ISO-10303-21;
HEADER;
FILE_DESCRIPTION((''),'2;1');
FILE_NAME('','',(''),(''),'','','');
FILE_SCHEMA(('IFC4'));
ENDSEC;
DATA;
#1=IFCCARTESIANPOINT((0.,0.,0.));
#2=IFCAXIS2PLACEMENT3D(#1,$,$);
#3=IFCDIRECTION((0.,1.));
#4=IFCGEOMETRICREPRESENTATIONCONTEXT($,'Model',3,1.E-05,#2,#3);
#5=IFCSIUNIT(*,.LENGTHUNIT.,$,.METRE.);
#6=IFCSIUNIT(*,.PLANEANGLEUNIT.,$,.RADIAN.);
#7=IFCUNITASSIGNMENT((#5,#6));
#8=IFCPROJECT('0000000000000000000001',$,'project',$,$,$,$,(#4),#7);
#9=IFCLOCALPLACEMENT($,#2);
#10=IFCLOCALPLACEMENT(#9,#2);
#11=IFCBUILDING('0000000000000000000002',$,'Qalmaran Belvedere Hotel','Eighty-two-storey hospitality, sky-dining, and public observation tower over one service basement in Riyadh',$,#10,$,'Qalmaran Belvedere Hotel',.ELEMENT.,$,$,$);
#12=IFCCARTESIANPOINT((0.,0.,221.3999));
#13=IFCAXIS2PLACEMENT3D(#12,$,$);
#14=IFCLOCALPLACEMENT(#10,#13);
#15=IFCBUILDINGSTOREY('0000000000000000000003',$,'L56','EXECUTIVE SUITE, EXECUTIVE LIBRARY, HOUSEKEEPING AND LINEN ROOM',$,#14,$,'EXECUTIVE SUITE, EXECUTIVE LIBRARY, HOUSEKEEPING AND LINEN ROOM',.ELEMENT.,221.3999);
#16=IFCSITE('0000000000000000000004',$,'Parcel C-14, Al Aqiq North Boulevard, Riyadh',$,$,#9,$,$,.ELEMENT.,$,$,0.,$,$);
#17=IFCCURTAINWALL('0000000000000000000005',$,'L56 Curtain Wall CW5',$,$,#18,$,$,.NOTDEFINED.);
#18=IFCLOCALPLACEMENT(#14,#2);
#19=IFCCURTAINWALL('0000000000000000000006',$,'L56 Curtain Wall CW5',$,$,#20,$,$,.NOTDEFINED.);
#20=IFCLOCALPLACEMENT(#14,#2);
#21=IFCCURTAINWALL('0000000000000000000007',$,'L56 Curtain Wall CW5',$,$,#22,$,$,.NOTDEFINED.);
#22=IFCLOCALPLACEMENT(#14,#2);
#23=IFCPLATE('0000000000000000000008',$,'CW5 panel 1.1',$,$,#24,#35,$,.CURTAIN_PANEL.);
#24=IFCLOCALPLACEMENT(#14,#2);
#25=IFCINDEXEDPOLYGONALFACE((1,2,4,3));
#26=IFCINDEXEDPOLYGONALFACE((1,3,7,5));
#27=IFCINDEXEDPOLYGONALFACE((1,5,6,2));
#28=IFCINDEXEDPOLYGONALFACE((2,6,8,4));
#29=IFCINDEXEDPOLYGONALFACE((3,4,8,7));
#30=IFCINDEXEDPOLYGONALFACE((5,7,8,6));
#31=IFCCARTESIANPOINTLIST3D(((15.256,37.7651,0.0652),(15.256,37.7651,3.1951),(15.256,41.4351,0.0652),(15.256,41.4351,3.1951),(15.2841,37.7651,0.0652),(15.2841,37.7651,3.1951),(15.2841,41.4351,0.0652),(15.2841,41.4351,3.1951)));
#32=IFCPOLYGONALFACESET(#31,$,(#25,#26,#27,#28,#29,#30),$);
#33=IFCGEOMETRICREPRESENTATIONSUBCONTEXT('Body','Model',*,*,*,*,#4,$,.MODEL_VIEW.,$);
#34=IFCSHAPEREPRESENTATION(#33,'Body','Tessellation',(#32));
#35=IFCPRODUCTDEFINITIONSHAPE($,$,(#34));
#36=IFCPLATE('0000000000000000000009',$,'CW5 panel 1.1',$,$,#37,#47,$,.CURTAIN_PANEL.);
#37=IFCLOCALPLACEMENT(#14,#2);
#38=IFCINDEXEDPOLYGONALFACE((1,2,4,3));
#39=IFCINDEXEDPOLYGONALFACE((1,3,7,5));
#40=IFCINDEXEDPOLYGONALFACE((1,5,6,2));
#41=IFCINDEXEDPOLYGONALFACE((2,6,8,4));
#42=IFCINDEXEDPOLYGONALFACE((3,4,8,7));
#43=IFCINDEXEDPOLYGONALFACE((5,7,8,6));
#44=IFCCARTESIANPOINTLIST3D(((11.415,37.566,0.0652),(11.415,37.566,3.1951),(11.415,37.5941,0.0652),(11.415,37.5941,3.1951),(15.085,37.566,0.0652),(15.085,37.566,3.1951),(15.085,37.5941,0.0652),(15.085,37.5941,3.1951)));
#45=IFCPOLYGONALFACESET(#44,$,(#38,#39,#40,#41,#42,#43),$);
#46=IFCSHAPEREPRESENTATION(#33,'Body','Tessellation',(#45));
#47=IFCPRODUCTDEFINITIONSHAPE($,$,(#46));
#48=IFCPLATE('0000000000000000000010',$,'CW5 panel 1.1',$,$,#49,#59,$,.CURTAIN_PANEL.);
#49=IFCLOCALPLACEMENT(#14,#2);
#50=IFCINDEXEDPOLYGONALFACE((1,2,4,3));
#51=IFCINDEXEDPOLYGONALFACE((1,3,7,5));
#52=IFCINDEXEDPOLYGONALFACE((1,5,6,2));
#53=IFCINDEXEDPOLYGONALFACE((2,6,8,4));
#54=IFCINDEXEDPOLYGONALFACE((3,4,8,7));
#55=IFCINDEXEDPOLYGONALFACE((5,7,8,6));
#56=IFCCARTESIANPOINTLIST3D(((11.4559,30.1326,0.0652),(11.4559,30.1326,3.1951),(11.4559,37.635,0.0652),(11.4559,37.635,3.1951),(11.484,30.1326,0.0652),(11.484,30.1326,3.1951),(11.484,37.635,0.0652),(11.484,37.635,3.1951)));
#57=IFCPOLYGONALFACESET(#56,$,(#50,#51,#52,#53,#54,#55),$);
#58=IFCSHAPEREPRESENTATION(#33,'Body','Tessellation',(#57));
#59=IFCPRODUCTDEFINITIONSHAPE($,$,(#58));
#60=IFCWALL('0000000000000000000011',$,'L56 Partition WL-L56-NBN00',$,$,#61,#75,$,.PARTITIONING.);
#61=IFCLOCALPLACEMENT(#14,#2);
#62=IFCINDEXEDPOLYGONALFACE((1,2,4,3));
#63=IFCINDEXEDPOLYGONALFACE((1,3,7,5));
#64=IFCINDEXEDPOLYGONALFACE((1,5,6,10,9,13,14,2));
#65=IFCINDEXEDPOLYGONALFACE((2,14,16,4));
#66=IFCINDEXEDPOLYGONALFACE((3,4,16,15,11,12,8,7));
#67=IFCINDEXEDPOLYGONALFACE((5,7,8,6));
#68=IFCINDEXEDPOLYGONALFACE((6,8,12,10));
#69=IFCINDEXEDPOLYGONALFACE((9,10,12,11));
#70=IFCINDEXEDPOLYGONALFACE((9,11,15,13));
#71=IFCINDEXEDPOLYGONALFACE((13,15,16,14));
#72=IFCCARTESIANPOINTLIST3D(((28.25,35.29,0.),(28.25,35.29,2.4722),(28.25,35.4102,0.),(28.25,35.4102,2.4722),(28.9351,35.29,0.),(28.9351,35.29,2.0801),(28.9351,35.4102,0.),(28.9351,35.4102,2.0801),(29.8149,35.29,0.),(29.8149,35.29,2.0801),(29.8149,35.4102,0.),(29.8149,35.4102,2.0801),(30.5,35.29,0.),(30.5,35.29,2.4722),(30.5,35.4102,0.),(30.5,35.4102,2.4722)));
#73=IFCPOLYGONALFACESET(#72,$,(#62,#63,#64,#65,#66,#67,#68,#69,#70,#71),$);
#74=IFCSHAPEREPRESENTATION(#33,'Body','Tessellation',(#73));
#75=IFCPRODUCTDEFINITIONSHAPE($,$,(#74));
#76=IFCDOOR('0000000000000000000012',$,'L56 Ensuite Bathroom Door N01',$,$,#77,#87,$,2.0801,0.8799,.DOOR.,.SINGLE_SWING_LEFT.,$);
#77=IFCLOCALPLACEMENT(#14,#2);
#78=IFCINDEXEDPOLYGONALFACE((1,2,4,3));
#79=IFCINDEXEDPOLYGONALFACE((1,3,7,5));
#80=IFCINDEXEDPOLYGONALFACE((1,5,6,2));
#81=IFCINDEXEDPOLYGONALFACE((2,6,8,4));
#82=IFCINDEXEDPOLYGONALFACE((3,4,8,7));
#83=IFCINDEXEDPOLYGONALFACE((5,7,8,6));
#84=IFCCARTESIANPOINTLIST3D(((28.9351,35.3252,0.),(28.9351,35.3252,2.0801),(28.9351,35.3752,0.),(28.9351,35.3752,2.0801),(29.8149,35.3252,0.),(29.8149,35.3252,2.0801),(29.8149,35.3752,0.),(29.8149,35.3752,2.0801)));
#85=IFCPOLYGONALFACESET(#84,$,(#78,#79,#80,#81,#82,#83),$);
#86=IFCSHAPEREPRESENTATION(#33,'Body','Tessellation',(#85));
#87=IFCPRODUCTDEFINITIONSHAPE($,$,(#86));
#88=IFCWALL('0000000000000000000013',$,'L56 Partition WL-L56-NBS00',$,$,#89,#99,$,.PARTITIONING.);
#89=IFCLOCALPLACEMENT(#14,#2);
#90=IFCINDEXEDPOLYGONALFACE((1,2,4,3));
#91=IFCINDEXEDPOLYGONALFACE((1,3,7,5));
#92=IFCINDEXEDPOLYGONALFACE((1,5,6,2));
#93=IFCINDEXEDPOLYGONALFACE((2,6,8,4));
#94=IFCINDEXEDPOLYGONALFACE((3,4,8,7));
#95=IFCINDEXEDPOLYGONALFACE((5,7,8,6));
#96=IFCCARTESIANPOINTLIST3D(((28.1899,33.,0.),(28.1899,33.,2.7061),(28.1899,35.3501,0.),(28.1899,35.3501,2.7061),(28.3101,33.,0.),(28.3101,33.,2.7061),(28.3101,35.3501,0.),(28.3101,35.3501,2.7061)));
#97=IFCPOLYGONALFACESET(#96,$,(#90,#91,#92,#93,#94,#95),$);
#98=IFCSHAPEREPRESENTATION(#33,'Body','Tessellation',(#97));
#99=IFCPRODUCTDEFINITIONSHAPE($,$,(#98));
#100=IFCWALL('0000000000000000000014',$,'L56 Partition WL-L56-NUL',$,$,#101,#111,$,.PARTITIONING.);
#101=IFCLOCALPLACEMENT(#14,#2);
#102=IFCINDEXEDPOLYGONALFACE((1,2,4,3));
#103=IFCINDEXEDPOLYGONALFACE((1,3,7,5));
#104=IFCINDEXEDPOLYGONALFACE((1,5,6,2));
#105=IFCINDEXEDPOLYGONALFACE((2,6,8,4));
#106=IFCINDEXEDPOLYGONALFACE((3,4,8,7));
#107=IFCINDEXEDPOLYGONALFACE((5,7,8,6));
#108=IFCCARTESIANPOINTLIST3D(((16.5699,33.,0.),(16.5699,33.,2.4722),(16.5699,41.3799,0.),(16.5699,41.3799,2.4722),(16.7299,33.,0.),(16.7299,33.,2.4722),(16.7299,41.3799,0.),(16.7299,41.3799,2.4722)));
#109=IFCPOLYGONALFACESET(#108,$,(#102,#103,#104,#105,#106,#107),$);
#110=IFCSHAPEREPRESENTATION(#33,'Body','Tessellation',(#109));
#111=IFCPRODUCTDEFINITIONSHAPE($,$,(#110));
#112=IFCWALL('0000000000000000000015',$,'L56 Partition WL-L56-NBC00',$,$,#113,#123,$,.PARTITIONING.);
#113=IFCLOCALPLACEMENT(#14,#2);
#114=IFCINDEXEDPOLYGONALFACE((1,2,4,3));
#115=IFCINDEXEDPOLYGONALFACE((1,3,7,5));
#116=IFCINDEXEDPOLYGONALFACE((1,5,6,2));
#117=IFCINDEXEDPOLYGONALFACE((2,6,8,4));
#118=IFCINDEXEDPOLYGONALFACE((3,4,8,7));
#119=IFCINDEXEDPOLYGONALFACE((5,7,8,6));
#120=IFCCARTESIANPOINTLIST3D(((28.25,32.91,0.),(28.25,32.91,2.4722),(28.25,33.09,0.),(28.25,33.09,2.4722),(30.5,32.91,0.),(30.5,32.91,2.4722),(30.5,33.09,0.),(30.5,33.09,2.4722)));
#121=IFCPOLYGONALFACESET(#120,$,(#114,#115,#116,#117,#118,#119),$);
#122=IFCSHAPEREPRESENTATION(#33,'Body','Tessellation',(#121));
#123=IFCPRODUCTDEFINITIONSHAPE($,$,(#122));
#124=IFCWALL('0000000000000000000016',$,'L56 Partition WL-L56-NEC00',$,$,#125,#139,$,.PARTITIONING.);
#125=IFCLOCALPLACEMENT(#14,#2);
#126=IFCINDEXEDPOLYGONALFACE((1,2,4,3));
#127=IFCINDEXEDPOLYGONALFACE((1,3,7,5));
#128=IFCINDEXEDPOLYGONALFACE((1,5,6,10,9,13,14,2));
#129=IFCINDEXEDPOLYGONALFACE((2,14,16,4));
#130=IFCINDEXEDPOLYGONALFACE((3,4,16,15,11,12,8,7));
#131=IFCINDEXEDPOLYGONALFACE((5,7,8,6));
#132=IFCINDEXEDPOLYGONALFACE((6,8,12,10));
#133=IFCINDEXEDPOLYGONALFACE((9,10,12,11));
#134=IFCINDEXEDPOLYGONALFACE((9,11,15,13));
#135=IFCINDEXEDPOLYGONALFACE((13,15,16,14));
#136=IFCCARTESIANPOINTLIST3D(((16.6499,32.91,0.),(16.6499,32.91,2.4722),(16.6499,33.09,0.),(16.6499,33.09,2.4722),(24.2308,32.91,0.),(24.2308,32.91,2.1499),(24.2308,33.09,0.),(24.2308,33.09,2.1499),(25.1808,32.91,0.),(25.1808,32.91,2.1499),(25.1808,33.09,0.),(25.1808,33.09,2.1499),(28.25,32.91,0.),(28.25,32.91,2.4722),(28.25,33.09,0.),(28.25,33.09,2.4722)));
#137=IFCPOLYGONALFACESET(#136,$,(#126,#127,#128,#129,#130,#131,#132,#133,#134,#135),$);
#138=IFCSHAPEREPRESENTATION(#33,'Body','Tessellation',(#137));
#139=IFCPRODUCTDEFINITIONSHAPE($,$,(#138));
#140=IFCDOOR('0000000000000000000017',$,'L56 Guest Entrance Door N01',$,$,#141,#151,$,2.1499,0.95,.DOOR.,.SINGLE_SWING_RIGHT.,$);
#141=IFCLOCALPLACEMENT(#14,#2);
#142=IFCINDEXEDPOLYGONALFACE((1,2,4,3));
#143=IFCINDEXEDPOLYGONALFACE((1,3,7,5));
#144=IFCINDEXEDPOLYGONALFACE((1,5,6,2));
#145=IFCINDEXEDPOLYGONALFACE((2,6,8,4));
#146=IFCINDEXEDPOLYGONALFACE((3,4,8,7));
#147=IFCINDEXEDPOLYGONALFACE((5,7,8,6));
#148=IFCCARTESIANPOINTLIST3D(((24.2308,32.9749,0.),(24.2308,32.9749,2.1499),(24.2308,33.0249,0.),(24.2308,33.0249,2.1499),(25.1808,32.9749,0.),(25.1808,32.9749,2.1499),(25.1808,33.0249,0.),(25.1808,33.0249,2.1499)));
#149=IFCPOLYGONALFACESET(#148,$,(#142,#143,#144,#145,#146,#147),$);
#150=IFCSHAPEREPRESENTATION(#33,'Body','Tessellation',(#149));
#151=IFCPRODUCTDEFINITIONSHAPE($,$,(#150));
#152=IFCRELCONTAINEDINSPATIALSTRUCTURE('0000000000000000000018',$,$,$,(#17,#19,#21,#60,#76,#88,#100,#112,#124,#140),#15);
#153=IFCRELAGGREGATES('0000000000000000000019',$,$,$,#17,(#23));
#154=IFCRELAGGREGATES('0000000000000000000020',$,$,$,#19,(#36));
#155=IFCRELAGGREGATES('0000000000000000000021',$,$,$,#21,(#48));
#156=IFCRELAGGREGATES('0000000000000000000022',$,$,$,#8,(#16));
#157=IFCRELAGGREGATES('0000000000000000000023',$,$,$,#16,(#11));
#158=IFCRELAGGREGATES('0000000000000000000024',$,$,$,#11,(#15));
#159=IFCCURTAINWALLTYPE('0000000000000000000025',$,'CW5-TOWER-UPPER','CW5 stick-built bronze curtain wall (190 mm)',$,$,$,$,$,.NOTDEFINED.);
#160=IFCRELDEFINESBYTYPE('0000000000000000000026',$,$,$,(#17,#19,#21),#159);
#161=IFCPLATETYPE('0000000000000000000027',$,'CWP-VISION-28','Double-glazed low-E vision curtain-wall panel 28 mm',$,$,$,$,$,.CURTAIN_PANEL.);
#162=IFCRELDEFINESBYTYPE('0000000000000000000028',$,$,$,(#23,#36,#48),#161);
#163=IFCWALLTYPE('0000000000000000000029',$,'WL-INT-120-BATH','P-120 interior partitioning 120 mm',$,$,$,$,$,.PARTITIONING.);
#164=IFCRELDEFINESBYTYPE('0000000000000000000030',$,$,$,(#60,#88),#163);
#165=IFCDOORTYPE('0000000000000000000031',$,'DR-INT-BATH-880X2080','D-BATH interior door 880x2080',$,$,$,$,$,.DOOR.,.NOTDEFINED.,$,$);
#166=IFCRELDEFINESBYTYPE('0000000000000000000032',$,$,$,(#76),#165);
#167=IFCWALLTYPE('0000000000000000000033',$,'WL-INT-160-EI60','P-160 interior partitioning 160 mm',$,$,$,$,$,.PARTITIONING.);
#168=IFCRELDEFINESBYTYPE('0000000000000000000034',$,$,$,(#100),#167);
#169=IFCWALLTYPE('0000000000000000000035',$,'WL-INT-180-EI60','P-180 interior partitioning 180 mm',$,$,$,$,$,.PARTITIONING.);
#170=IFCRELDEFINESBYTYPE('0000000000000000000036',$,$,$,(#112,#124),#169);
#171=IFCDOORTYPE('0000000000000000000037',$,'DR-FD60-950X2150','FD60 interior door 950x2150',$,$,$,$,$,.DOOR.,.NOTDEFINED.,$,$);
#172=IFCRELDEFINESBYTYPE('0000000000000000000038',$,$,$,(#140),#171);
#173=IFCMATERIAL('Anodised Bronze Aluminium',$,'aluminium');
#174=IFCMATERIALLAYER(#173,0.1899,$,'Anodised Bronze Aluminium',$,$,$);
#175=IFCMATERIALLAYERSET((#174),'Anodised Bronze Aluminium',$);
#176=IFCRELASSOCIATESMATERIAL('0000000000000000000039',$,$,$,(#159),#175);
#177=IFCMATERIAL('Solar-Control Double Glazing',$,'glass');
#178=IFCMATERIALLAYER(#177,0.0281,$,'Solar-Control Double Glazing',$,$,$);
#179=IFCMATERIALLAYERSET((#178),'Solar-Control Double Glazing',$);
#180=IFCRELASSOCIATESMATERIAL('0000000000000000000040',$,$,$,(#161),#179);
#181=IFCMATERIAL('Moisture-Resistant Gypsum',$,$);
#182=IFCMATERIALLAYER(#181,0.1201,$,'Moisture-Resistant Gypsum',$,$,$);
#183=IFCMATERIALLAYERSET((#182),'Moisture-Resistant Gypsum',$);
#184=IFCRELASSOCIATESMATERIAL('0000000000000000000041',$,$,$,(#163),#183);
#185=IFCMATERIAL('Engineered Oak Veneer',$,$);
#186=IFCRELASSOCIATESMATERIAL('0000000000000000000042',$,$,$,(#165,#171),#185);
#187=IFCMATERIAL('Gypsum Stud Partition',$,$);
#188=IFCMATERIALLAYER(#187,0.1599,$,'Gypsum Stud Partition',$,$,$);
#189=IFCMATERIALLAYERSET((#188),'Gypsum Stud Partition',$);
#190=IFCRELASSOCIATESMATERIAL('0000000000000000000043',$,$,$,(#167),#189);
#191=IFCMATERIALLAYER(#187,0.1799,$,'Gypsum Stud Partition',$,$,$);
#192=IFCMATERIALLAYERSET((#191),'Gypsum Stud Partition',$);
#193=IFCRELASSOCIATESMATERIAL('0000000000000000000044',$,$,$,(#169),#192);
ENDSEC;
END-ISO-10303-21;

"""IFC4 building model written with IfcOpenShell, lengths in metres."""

from ifc_helpers import new_model, si_unit, direction, frame, frame_2d, origin, origin_2d, place, context, subcontext, project, spatial, rectangle, extrude, material, layer, layer_set, type_object, element, fill, aggregate, save


model = new_model("IFC4")

# Units and contexts
model_context = context("Model", 3, precision=1e-05, world=origin(), true_north=direction((0.0, 1.0)))
body_context = subcontext(model_context, "Body", "Model", "MODEL_VIEW")
ifc_project = project(units=[si_unit("LENGTHUNIT", "METRE"), si_unit("PLANEANGLEUNIT", "RADIAN")], contexts=[model_context])

# Site, building, storey
site_placement = place(None, origin())
site = spatial("IfcSite", under=ifc_project, at=site_placement, Name="Parcel C-14, Al Aqiq North Boulevard, Riyadh", CompositionType="ELEMENT", RefElevation=0.0)
building_placement = place(site_placement, origin())
building = spatial("IfcBuilding", under=site, at=building_placement, Name="Qalmaran Belvedere Hotel", Description="Eighty-two-storey hospitality, sky-dining, and public observation tower over one service basement in Riyadh", LongName="Qalmaran Belvedere Hotel", CompositionType="ELEMENT")
storey_placement = place(building_placement, frame((0.0, 0.0, 221.3999)))
storey = spatial("IfcBuildingStorey", under=building, at=storey_placement, Name="L56", Description="EXECUTIVE SUITE, EXECUTIVE LIBRARY, HOUSEKEEPING AND LINEN ROOM", LongName="EXECUTIVE SUITE, EXECUTIVE LIBRARY, HOUSEKEEPING AND LINEN ROOM", CompositionType="ELEMENT", Elevation=221.3999)

# Curtain walls
ifc_material_1 = material(Name="Anodised Bronze Aluminium", Category="aluminium")
ifc_layer_1 = layer(ifc_material_1, 0.1899, Name="Anodised Bronze Aluminium")
ifc_layer_set_1 = layer_set([ifc_layer_1], Name="Anodised Bronze Aluminium")
curtain_wall_type = type_object("IfcCurtainWallType", Name="CW5-TOWER-UPPER", Description="CW5 stick-built bronze curtain wall (190 mm)", PredefinedType="NOTDEFINED", material=ifc_layer_set_1)
curtain_wall_1_placement = place(storey_placement, origin())
curtain_wall_1 = element("IfcCurtainWall", 1, at=curtain_wall_1_placement, inside=storey, type_object=curtain_wall_type, Name="L56 Curtain Wall CW5", PredefinedType="NOTDEFINED")
curtain_wall_2_placement = place(storey_placement, origin())
curtain_wall_2 = element("IfcCurtainWall", 2, at=curtain_wall_2_placement, inside=storey, type_object=curtain_wall_type, Name="L56 Curtain Wall CW5", PredefinedType="NOTDEFINED")

# Curtain wall
curtain_wall_3_placement = place(storey_placement, origin())
curtain_wall_3 = element("IfcCurtainWall", 3, at=curtain_wall_3_placement, inside=storey, type_object=curtain_wall_type, Name="L56 Curtain Wall CW5", PredefinedType="NOTDEFINED")

# Plates
ifc_material_2 = material(Name="Solar-Control Double Glazing", Category="glass")
ifc_layer_2 = layer(ifc_material_2, 0.0281, Name="Solar-Control Double Glazing")
ifc_layer_set_2 = layer_set([ifc_layer_2], Name="Solar-Control Double Glazing")
plate_type = type_object("IfcPlateType", Name="CWP-VISION-28", Description="Double-glazed low-E vision curtain-wall panel 28 mm", PredefinedType="CURTAIN_PANEL", material=ifc_layer_set_2)
plate_1_placement = place(storey_placement, frame((15.27, 39.6001, 0.0652), z_axis=(0.0, 0.0, 1.0), x_axis=(0.0, -1.0, 0.0)))
plate_1 = element("IfcPlate", 4, at=plate_1_placement, type_object=plate_type, Name="CW5 panel 1.1", PredefinedType="CURTAIN_PANEL", context=body_context, shape_type="SweptSolid", body=[
    extrude(rectangle(XDim=3.6699, YDim=0.0281, at=origin_2d()), origin(), (0.0, 0.0, 1.0), 3.1299),
])
aggregate(curtain_wall_1, [plate_1])
plate_2_placement = place(storey_placement, frame((13.25, 37.5801, 0.0652), z_axis=(0.0, 0.0, 1.0), x_axis=(-1.0, 0.0, 0.0)))
plate_2 = element("IfcPlate", 5, at=plate_2_placement, type_object=plate_type, Name="CW5 panel 1.1", PredefinedType="CURTAIN_PANEL", context=body_context, shape_type="SweptSolid", body=[
    extrude(rectangle(XDim=3.6699, YDim=0.0281, at=origin_2d()), origin(), (0.0, 0.0, 1.0), 3.1299),
])
aggregate(curtain_wall_2, [plate_2])
plate_3_placement = place(storey_placement, frame((11.47, 33.8838, 0.0652), z_axis=(0.0, 0.0, 1.0), x_axis=(0.0, -1.0, 0.0)))
plate_3 = element("IfcPlate", 6, at=plate_3_placement, type_object=plate_type, Name="CW5 panel 1.1", PredefinedType="CURTAIN_PANEL", context=body_context, shape_type="SweptSolid", body=[
    extrude(rectangle(XDim=7.5024, YDim=0.0281, at=origin_2d()), origin(), (0.0, 0.0, 1.0), 3.1299),
])
aggregate(curtain_wall_3, [plate_3])

# Wall, opening, door
ifc_material_3 = material(Name="Moisture-Resistant Gypsum")
ifc_layer_3 = layer(ifc_material_3, 0.1201, Name="Moisture-Resistant Gypsum")
ifc_layer_set_3 = layer_set([ifc_layer_3], Name="Moisture-Resistant Gypsum")
wall_type_1 = type_object("IfcWallType", Name="WL-INT-120-BATH", Description="P-120 interior partitioning 120 mm", PredefinedType="PARTITIONING", material=ifc_layer_set_3)
wall_1_placement = place(storey_placement, frame((28.25, 35.3501, 0.0), z_axis=(0.0, 0.0, 1.0), x_axis=(1.0, 0.0, 0.0)))
wall_1 = element("IfcWall", 7, at=wall_1_placement, inside=storey, type_object=wall_type_1, Name="L56 Partition WL-L56-NBN00", PredefinedType="PARTITIONING", context=body_context, shape_type="SweptSolid", body=[
    extrude(rectangle(XDim=2.25, YDim=0.1201, at=frame_2d((1.125, 0.0))), origin(), (0.0, 0.0, 1.0), 2.4722),
])
opening_1_placement = place(wall_1_placement, frame((1.5649, 0.0, 0.0), z_axis=(0.0, 0.0, 1.0), x_axis=(-1.0, 0.0, 0.0)))
opening_1 = element("IfcOpeningElement", 8, at=opening_1_placement, cuts=wall_1, PredefinedType="OPENING", context=body_context, shape_type="SweptSolid", body=[
    extrude(rectangle(XDim=0.8799, YDim=2.0801, at=frame_2d((0.4399, 1.04))), frame((0.0, 0.0701, 0.0), z_axis=(0.0, -1.0, 0.0), x_axis=(1.0, 0.0, 0.0)), (0.0, 0.0, 1.0), 0.1401),
])
ifc_material_4 = material(Name="Engineered Oak Veneer")
door_type_1 = type_object("IfcDoorType", Name="DR-INT-BATH-880X2080", Description="D-BATH interior door 880x2080", OperationType="NOTDEFINED", PredefinedType="DOOR", material=ifc_material_4)
door_1_placement = place(opening_1_placement, origin())
door_1 = element("IfcDoor", 9, at=door_1_placement, inside=storey, type_object=door_type_1, Name="L56 Ensuite Bathroom Door N01", OperationType="SINGLE_SWING_LEFT", OverallHeight=2.0801, OverallWidth=0.8799, PredefinedType="DOOR", context=body_context, shape_type="SweptSolid", body=[
    extrude(rectangle(XDim=0.8799, YDim=2.0801, at=frame_2d((0.4399, 1.04))), frame((0.0, 0.0249, 0.0), z_axis=(0.0, -1.0, 0.0), x_axis=(1.0, 0.0, 0.0)), (0.0, 0.0, 1.0), 0.05),
])
fill(opening_1, door_1)

# Walls
wall_2_placement = place(storey_placement, frame((28.25, 33.0, 0.0), z_axis=(0.0, 0.0, 1.0), x_axis=(0.0, 1.0, 0.0)))
element("IfcWall", 10, at=wall_2_placement, inside=storey, type_object=wall_type_1, Name="L56 Partition WL-L56-NBS00", PredefinedType="PARTITIONING", context=body_context, shape_type="SweptSolid", body=[
    extrude(rectangle(XDim=2.3501, YDim=0.1201, at=frame_2d((1.175, 0.0))), origin(), (0.0, 0.0, 1.0), 2.7061),
])
ifc_material_5 = material(Name="Gypsum Stud Partition")
ifc_layer_4 = layer(ifc_material_5, 0.1599, Name="Gypsum Stud Partition")
ifc_layer_set_4 = layer_set([ifc_layer_4], Name="Gypsum Stud Partition")
wall_type_2 = type_object("IfcWallType", Name="WL-INT-160-EI60", Description="P-160 interior partitioning 160 mm", PredefinedType="PARTITIONING", material=ifc_layer_set_4)
wall_3_placement = place(storey_placement, frame((16.6499, 33.0, 0.0), z_axis=(0.0, 0.0, 1.0), x_axis=(0.0, 1.0, 0.0)))
element("IfcWall", 11, at=wall_3_placement, inside=storey, type_object=wall_type_2, Name="L56 Partition WL-L56-NUL", PredefinedType="PARTITIONING", context=body_context, shape_type="SweptSolid", body=[
    extrude(rectangle(XDim=8.3799, YDim=0.1599, at=frame_2d((4.1899, 0.0))), origin(), (0.0, 0.0, 1.0), 2.4722),
])
ifc_layer_5 = layer(ifc_material_5, 0.1799, Name="Gypsum Stud Partition")
ifc_layer_set_5 = layer_set([ifc_layer_5], Name="Gypsum Stud Partition")
wall_type_3 = type_object("IfcWallType", Name="WL-INT-180-EI60", Description="P-180 interior partitioning 180 mm", PredefinedType="PARTITIONING", material=ifc_layer_set_5)
wall_4_placement = place(storey_placement, frame((28.25, 33.0, 0.0), z_axis=(0.0, 0.0, 1.0), x_axis=(1.0, 0.0, 0.0)))
element("IfcWall", 12, at=wall_4_placement, inside=storey, type_object=wall_type_3, Name="L56 Partition WL-L56-NBC00", PredefinedType="PARTITIONING", context=body_context, shape_type="SweptSolid", body=[
    extrude(rectangle(XDim=2.25, YDim=0.1799, at=frame_2d((1.125, 0.0))), origin(), (0.0, 0.0, 1.0), 2.4722),
])

# Wall, opening, door
wall_5_placement = place(storey_placement, frame((16.6499, 33.0, 0.0), z_axis=(0.0, 0.0, 1.0), x_axis=(1.0, 0.0, 0.0)))
wall_5 = element("IfcWall", 13, at=wall_5_placement, inside=storey, type_object=wall_type_3, Name="L56 Partition WL-L56-NEC00", PredefinedType="PARTITIONING", context=body_context, shape_type="SweptSolid", body=[
    extrude(rectangle(XDim=11.6001, YDim=0.1799, at=frame_2d((5.8, 0.0))), origin(), (0.0, 0.0, 1.0), 2.4722),
])
opening_2_placement = place(wall_5_placement, frame((7.5808, 0.0, 0.0)))
opening_2 = element("IfcOpeningElement", 14, at=opening_2_placement, cuts=wall_5, PredefinedType="OPENING", context=body_context, shape_type="SweptSolid", body=[
    extrude(rectangle(XDim=0.95, YDim=2.1499, at=frame_2d((0.4751, 1.075))), frame((0.0, 0.1001, 0.0), z_axis=(0.0, -1.0, 0.0), x_axis=(1.0, 0.0, 0.0)), (0.0, 0.0, 1.0), 0.2),
])
door_type_2 = type_object("IfcDoorType", Name="DR-FD60-950X2150", Description="FD60 interior door 950x2150", OperationType="NOTDEFINED", PredefinedType="DOOR", material=ifc_material_4)
door_2_placement = place(opening_2_placement, origin())
door_2 = element("IfcDoor", 15, at=door_2_placement, inside=storey, type_object=door_type_2, Name="L56 Guest Entrance Door N01", OperationType="SINGLE_SWING_RIGHT", OverallHeight=2.1499, OverallWidth=0.95, PredefinedType="DOOR", context=body_context, shape_type="SweptSolid", body=[
    extrude(rectangle(XDim=0.95, YDim=2.1499, at=frame_2d((0.4751, 1.075))), frame((0.0, 0.0249, 0.0), z_axis=(0.0, -1.0, 0.0), x_axis=(1.0, 0.0, 0.0)), (0.0, 0.0, 1.0), 0.05),
])
fill(opening_2, door_2)

save(model, "model.ifc")
